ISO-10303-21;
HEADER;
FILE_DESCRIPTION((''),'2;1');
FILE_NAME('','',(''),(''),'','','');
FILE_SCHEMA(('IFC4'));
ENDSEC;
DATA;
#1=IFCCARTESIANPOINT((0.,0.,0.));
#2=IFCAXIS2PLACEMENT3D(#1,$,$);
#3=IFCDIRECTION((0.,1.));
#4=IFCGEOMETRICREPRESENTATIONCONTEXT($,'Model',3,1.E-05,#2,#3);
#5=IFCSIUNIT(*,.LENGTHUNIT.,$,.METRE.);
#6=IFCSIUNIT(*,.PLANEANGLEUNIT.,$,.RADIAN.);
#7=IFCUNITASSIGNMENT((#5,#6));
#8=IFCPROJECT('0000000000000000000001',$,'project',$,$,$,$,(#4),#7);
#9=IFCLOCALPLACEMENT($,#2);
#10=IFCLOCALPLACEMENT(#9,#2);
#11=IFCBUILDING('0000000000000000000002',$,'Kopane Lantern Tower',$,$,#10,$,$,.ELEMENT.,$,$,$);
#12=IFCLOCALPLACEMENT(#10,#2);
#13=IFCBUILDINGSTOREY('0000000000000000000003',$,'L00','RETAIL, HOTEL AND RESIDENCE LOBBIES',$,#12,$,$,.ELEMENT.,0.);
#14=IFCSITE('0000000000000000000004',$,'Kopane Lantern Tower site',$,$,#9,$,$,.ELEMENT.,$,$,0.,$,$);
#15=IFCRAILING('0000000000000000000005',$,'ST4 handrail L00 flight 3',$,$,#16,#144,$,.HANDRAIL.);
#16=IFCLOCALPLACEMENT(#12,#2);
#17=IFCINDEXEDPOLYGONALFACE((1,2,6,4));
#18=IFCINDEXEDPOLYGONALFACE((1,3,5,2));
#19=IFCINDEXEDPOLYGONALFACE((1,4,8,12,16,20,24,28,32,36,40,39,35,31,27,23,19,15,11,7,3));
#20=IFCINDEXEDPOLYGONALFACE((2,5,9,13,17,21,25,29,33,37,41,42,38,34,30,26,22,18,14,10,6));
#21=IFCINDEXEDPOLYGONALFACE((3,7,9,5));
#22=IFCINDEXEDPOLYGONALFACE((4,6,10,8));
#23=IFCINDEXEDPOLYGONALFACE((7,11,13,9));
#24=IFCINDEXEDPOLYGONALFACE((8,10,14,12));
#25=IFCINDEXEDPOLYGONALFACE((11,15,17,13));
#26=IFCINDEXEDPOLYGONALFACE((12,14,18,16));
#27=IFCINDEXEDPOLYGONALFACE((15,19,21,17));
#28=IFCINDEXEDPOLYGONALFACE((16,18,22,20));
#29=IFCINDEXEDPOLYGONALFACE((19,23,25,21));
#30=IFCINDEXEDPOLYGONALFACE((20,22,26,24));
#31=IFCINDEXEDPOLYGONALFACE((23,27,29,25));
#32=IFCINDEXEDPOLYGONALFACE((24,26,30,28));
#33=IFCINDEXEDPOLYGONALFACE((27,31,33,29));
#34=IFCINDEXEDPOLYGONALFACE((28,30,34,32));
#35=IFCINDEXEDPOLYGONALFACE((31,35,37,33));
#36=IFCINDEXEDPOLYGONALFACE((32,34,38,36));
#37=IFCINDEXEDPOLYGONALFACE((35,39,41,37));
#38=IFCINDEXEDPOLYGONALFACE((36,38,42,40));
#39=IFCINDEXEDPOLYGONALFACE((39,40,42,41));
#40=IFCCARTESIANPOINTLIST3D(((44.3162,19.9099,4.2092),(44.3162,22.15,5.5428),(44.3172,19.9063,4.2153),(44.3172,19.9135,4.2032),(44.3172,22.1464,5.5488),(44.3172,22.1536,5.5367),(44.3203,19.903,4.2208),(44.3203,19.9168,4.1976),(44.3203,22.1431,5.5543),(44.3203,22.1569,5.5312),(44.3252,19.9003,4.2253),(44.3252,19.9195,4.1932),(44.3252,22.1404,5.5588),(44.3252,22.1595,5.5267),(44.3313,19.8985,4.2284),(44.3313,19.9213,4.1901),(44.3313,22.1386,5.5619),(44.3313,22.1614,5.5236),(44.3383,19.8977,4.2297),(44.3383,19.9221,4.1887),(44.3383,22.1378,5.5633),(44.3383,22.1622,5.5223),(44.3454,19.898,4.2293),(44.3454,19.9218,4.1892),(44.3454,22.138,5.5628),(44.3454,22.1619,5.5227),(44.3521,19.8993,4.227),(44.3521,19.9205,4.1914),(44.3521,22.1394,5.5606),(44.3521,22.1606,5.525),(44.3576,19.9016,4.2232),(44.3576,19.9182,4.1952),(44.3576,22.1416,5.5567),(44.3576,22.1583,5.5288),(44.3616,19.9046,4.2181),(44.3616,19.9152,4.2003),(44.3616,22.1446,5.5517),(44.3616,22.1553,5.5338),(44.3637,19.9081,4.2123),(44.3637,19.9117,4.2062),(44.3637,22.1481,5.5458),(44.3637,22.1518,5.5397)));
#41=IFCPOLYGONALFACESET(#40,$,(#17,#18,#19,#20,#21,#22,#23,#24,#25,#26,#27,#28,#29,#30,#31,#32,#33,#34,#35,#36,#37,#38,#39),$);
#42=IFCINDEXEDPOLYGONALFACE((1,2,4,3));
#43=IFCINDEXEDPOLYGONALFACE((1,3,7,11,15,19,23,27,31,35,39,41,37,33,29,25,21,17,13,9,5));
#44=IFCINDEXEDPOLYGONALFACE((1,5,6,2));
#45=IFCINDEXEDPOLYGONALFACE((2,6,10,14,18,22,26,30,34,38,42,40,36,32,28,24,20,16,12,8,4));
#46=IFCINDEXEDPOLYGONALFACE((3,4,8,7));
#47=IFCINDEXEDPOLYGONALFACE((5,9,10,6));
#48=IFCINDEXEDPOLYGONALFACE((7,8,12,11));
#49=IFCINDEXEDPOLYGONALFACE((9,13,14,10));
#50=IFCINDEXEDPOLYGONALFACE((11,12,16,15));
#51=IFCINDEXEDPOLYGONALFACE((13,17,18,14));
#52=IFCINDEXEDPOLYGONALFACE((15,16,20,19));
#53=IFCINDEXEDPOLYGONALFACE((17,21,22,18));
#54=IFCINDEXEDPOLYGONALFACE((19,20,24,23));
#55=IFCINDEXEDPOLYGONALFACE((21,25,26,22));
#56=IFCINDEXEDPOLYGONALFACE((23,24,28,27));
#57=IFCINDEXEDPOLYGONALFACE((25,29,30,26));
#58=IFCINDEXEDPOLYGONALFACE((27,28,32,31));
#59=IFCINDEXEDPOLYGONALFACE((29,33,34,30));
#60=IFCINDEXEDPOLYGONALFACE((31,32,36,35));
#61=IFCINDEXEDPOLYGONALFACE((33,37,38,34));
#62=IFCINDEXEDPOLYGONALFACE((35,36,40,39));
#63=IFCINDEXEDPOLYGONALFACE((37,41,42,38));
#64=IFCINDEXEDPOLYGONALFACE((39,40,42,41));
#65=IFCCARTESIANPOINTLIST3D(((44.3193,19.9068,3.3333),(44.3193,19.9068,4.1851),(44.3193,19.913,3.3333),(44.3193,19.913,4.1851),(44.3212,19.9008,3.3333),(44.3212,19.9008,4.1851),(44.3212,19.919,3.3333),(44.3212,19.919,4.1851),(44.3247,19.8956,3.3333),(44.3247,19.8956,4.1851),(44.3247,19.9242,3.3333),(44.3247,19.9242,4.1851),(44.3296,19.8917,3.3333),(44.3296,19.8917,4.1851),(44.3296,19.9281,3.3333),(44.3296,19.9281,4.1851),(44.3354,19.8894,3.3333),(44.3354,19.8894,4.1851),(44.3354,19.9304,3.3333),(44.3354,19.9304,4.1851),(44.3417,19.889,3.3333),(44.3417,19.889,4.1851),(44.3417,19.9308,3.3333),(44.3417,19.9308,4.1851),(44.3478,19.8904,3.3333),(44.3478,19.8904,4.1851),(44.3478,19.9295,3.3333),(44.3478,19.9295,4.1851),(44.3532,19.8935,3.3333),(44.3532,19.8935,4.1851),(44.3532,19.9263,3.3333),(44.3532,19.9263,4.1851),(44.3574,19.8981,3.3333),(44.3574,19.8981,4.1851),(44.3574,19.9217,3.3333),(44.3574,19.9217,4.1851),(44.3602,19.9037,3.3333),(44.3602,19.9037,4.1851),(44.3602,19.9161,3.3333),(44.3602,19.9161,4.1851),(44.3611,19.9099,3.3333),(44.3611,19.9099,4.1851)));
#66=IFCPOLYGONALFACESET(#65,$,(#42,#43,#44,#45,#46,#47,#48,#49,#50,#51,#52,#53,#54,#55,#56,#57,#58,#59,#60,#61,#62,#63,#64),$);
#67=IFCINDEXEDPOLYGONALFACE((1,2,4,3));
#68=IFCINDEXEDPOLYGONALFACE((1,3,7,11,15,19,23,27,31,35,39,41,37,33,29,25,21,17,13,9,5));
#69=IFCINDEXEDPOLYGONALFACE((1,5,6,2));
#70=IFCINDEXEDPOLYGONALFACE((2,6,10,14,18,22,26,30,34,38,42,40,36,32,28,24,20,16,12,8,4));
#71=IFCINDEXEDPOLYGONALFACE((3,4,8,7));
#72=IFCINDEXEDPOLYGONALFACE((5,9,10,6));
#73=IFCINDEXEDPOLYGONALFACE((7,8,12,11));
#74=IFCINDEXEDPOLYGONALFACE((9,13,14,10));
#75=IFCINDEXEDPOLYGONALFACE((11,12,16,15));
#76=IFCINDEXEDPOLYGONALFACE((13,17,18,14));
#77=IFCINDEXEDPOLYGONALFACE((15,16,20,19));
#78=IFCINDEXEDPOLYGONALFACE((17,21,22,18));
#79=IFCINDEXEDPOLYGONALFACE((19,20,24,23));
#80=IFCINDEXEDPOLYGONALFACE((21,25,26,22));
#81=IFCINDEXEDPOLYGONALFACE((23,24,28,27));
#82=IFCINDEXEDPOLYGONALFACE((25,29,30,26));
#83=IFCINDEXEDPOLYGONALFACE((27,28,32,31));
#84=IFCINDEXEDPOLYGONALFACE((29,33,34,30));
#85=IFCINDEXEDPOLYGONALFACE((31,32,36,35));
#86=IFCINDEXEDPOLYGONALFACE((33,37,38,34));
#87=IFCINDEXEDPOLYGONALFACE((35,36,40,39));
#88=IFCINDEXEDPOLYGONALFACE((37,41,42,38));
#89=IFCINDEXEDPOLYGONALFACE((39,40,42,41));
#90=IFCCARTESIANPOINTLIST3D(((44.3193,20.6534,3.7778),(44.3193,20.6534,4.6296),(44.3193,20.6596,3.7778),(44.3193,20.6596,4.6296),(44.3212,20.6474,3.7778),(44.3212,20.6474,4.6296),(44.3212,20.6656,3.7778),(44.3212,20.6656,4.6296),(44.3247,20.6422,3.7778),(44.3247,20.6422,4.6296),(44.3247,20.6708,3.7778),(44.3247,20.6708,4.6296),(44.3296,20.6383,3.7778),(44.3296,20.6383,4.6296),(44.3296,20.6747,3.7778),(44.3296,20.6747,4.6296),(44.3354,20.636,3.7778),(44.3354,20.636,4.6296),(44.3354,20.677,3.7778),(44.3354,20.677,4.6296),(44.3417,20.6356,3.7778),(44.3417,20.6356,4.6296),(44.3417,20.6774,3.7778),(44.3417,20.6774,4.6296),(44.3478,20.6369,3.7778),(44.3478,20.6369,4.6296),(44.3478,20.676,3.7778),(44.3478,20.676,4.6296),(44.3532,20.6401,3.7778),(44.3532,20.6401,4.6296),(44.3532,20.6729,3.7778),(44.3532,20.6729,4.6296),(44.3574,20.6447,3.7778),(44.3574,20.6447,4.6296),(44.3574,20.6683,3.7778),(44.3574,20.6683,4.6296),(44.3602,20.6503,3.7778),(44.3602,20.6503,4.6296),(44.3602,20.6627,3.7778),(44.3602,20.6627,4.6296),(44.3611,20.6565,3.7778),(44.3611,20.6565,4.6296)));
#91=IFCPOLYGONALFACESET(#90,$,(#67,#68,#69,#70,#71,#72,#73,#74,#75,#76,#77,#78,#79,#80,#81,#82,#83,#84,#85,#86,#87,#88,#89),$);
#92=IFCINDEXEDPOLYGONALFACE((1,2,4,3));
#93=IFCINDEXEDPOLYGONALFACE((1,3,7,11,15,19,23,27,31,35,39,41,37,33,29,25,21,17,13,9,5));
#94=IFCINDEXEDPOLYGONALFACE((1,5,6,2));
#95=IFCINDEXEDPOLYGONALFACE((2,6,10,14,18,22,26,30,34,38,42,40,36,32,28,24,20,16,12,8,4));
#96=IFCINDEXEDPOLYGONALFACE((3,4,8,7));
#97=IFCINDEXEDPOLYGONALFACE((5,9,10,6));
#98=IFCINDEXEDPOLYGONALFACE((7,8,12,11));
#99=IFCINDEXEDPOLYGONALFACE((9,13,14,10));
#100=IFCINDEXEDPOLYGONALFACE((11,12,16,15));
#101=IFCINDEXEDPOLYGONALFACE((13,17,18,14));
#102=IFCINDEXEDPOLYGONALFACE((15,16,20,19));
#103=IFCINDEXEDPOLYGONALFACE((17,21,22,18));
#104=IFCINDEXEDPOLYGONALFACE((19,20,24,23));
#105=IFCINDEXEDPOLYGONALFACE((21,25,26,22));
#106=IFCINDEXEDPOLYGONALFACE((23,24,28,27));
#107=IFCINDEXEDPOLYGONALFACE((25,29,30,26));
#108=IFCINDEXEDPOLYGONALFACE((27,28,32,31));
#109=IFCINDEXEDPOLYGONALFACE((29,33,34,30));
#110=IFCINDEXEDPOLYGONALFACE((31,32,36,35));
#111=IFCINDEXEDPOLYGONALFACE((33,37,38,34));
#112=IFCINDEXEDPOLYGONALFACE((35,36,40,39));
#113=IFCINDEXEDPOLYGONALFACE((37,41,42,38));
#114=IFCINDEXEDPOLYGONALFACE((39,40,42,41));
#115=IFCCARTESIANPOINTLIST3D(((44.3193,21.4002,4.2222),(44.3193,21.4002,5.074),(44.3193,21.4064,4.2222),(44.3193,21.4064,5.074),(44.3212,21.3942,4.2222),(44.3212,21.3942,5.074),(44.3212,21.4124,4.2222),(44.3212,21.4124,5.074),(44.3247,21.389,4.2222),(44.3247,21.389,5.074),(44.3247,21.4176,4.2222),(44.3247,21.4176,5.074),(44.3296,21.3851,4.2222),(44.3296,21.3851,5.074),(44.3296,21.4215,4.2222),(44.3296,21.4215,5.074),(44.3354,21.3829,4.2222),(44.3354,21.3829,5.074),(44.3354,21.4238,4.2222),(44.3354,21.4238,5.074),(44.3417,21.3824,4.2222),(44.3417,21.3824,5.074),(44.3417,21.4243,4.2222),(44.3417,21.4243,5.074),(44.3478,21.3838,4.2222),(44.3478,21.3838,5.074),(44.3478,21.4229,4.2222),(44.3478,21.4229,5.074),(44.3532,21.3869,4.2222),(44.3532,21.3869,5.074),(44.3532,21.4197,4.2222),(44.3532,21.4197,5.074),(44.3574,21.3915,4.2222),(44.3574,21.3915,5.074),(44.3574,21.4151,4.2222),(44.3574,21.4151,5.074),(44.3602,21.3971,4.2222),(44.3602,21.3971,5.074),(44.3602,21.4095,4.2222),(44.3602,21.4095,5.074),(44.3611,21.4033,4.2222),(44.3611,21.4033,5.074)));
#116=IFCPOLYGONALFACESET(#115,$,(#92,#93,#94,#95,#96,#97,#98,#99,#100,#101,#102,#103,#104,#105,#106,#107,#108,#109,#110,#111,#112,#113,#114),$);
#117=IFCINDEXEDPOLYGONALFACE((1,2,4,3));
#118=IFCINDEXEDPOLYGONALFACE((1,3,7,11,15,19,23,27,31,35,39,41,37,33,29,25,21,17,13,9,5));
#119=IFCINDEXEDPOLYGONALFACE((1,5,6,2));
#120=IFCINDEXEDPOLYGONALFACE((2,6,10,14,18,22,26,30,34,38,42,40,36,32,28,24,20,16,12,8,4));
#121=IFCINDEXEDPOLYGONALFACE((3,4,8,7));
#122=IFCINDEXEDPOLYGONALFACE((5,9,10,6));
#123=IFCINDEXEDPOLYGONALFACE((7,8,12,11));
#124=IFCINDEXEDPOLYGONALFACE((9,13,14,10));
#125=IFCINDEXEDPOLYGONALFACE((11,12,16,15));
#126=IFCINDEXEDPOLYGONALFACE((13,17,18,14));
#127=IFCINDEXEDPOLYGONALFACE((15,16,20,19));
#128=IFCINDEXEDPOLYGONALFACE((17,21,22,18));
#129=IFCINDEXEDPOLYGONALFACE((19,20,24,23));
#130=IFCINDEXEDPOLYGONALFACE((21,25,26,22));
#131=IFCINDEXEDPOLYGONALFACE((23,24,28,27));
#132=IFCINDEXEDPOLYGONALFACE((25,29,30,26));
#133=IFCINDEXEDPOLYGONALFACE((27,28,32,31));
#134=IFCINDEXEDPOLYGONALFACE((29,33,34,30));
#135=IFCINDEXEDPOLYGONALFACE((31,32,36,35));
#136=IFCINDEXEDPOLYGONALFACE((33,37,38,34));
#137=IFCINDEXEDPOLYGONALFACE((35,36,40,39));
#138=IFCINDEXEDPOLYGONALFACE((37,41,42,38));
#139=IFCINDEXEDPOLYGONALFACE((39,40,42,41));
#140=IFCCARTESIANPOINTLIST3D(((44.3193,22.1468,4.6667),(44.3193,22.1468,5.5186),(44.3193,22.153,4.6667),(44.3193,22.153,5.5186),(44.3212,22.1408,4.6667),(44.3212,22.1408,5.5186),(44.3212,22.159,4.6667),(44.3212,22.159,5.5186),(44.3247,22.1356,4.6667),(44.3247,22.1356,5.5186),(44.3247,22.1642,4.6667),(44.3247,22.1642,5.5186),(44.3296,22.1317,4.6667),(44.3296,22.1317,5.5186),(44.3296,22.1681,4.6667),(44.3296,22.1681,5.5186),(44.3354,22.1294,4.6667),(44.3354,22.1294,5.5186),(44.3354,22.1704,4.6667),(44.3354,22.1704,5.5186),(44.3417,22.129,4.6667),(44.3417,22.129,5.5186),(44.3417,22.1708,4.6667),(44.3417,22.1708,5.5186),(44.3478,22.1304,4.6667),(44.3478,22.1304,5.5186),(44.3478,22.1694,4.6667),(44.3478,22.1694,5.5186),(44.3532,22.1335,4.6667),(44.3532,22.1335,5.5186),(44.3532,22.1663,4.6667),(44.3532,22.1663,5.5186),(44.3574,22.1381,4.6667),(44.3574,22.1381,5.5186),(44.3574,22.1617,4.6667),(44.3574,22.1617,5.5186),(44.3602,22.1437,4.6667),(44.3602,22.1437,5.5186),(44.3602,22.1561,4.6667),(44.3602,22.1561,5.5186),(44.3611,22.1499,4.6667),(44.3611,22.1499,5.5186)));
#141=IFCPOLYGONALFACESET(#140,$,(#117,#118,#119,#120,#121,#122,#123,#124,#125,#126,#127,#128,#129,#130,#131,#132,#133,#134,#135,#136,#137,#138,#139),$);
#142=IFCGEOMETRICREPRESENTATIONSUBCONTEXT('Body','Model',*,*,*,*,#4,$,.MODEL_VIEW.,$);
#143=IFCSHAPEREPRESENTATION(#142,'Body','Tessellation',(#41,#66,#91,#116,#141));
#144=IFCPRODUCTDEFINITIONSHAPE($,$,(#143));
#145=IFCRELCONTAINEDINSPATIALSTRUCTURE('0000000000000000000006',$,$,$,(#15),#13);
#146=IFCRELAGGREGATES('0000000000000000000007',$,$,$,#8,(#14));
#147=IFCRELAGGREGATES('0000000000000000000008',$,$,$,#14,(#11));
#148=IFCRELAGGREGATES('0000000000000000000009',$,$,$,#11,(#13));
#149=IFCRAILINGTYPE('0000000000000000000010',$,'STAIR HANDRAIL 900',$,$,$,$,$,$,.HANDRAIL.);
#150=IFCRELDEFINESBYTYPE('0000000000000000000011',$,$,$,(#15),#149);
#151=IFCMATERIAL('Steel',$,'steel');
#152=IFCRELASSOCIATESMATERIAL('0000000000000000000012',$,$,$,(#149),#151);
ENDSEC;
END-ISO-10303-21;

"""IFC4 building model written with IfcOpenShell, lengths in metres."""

from ifc_helpers import new_model, si_unit, direction, frame, origin, origin_2d, place, context, subcontext, project, spatial, circle, extrude, material, type_object, element, save


model = new_model("IFC4")

# Units and contexts
model_context = context("Model", 3, precision=1e-05, world=origin(), true_north=direction((0.0, 1.0)))
body_context = subcontext(model_context, "Body", "Model", "MODEL_VIEW")
ifc_project = project(units=[si_unit("LENGTHUNIT", "METRE"), si_unit("PLANEANGLEUNIT", "RADIAN")], contexts=[model_context])

# Site, building, storey
site_placement = place(None, origin())
site = spatial("IfcSite", under=ifc_project, at=site_placement, Name="Kopane Lantern Tower site", CompositionType="ELEMENT", RefElevation=0.0)
building_placement = place(site_placement, origin())
building = spatial("IfcBuilding", under=site, at=building_placement, Name="Kopane Lantern Tower", CompositionType="ELEMENT")
storey_placement = place(building_placement, origin())
storey = spatial("IfcBuildingStorey", under=building, at=storey_placement, Name="L00", Description="RETAIL, HOTEL AND RESIDENCE LOBBIES", CompositionType="ELEMENT", Elevation=0.0)

# Railing
ifc_material_1 = material(Name="Steel", Category="steel")
railing_type_1 = type_object("IfcRailingType", Name="STAIR HANDRAIL 900", PredefinedType="HANDRAIL", material=ifc_material_1)
for number, where, name in (
    (1, (44.3401, 19.9099, 3.3333), "ST4 handrail L00 flight 3"),
):
    element("IfcRailing", number, at=place(storey_placement, frame(where)), inside=storey, type_object=railing_type_1, Name=name, PredefinedType="HANDRAIL", context=body_context, shape_type="SweptSolid", body=[
        extrude(circle(Radius=0.0239, at=origin_2d()), frame((0.0, 0.0, 0.876), z_axis=(0.0, 0.859264, 0.511532), x_axis=(-1.0, 0.0, 0.0)), (0.0, 0.0, 1.0), 2.6069),
        extrude(circle(Radius=0.021, at=origin_2d()), origin(), (0.0, 0.0, 1.0), 0.8518),
        extrude(circle(Radius=0.021, at=origin_2d()), frame((0.0, 0.7466, 0.4446)), (0.0, 0.0, 1.0), 0.8518),
        extrude(circle(Radius=0.021, at=origin_2d()), frame((0.0, 1.4934, 0.8889)), (0.0, 0.0, 1.0), 0.8518),
        extrude(circle(Radius=0.021, at=origin_2d()), frame((0.0, 2.24, 1.3335)), (0.0, 0.0, 1.0), 0.8518),
    ])

save(model, "model.ifc")
